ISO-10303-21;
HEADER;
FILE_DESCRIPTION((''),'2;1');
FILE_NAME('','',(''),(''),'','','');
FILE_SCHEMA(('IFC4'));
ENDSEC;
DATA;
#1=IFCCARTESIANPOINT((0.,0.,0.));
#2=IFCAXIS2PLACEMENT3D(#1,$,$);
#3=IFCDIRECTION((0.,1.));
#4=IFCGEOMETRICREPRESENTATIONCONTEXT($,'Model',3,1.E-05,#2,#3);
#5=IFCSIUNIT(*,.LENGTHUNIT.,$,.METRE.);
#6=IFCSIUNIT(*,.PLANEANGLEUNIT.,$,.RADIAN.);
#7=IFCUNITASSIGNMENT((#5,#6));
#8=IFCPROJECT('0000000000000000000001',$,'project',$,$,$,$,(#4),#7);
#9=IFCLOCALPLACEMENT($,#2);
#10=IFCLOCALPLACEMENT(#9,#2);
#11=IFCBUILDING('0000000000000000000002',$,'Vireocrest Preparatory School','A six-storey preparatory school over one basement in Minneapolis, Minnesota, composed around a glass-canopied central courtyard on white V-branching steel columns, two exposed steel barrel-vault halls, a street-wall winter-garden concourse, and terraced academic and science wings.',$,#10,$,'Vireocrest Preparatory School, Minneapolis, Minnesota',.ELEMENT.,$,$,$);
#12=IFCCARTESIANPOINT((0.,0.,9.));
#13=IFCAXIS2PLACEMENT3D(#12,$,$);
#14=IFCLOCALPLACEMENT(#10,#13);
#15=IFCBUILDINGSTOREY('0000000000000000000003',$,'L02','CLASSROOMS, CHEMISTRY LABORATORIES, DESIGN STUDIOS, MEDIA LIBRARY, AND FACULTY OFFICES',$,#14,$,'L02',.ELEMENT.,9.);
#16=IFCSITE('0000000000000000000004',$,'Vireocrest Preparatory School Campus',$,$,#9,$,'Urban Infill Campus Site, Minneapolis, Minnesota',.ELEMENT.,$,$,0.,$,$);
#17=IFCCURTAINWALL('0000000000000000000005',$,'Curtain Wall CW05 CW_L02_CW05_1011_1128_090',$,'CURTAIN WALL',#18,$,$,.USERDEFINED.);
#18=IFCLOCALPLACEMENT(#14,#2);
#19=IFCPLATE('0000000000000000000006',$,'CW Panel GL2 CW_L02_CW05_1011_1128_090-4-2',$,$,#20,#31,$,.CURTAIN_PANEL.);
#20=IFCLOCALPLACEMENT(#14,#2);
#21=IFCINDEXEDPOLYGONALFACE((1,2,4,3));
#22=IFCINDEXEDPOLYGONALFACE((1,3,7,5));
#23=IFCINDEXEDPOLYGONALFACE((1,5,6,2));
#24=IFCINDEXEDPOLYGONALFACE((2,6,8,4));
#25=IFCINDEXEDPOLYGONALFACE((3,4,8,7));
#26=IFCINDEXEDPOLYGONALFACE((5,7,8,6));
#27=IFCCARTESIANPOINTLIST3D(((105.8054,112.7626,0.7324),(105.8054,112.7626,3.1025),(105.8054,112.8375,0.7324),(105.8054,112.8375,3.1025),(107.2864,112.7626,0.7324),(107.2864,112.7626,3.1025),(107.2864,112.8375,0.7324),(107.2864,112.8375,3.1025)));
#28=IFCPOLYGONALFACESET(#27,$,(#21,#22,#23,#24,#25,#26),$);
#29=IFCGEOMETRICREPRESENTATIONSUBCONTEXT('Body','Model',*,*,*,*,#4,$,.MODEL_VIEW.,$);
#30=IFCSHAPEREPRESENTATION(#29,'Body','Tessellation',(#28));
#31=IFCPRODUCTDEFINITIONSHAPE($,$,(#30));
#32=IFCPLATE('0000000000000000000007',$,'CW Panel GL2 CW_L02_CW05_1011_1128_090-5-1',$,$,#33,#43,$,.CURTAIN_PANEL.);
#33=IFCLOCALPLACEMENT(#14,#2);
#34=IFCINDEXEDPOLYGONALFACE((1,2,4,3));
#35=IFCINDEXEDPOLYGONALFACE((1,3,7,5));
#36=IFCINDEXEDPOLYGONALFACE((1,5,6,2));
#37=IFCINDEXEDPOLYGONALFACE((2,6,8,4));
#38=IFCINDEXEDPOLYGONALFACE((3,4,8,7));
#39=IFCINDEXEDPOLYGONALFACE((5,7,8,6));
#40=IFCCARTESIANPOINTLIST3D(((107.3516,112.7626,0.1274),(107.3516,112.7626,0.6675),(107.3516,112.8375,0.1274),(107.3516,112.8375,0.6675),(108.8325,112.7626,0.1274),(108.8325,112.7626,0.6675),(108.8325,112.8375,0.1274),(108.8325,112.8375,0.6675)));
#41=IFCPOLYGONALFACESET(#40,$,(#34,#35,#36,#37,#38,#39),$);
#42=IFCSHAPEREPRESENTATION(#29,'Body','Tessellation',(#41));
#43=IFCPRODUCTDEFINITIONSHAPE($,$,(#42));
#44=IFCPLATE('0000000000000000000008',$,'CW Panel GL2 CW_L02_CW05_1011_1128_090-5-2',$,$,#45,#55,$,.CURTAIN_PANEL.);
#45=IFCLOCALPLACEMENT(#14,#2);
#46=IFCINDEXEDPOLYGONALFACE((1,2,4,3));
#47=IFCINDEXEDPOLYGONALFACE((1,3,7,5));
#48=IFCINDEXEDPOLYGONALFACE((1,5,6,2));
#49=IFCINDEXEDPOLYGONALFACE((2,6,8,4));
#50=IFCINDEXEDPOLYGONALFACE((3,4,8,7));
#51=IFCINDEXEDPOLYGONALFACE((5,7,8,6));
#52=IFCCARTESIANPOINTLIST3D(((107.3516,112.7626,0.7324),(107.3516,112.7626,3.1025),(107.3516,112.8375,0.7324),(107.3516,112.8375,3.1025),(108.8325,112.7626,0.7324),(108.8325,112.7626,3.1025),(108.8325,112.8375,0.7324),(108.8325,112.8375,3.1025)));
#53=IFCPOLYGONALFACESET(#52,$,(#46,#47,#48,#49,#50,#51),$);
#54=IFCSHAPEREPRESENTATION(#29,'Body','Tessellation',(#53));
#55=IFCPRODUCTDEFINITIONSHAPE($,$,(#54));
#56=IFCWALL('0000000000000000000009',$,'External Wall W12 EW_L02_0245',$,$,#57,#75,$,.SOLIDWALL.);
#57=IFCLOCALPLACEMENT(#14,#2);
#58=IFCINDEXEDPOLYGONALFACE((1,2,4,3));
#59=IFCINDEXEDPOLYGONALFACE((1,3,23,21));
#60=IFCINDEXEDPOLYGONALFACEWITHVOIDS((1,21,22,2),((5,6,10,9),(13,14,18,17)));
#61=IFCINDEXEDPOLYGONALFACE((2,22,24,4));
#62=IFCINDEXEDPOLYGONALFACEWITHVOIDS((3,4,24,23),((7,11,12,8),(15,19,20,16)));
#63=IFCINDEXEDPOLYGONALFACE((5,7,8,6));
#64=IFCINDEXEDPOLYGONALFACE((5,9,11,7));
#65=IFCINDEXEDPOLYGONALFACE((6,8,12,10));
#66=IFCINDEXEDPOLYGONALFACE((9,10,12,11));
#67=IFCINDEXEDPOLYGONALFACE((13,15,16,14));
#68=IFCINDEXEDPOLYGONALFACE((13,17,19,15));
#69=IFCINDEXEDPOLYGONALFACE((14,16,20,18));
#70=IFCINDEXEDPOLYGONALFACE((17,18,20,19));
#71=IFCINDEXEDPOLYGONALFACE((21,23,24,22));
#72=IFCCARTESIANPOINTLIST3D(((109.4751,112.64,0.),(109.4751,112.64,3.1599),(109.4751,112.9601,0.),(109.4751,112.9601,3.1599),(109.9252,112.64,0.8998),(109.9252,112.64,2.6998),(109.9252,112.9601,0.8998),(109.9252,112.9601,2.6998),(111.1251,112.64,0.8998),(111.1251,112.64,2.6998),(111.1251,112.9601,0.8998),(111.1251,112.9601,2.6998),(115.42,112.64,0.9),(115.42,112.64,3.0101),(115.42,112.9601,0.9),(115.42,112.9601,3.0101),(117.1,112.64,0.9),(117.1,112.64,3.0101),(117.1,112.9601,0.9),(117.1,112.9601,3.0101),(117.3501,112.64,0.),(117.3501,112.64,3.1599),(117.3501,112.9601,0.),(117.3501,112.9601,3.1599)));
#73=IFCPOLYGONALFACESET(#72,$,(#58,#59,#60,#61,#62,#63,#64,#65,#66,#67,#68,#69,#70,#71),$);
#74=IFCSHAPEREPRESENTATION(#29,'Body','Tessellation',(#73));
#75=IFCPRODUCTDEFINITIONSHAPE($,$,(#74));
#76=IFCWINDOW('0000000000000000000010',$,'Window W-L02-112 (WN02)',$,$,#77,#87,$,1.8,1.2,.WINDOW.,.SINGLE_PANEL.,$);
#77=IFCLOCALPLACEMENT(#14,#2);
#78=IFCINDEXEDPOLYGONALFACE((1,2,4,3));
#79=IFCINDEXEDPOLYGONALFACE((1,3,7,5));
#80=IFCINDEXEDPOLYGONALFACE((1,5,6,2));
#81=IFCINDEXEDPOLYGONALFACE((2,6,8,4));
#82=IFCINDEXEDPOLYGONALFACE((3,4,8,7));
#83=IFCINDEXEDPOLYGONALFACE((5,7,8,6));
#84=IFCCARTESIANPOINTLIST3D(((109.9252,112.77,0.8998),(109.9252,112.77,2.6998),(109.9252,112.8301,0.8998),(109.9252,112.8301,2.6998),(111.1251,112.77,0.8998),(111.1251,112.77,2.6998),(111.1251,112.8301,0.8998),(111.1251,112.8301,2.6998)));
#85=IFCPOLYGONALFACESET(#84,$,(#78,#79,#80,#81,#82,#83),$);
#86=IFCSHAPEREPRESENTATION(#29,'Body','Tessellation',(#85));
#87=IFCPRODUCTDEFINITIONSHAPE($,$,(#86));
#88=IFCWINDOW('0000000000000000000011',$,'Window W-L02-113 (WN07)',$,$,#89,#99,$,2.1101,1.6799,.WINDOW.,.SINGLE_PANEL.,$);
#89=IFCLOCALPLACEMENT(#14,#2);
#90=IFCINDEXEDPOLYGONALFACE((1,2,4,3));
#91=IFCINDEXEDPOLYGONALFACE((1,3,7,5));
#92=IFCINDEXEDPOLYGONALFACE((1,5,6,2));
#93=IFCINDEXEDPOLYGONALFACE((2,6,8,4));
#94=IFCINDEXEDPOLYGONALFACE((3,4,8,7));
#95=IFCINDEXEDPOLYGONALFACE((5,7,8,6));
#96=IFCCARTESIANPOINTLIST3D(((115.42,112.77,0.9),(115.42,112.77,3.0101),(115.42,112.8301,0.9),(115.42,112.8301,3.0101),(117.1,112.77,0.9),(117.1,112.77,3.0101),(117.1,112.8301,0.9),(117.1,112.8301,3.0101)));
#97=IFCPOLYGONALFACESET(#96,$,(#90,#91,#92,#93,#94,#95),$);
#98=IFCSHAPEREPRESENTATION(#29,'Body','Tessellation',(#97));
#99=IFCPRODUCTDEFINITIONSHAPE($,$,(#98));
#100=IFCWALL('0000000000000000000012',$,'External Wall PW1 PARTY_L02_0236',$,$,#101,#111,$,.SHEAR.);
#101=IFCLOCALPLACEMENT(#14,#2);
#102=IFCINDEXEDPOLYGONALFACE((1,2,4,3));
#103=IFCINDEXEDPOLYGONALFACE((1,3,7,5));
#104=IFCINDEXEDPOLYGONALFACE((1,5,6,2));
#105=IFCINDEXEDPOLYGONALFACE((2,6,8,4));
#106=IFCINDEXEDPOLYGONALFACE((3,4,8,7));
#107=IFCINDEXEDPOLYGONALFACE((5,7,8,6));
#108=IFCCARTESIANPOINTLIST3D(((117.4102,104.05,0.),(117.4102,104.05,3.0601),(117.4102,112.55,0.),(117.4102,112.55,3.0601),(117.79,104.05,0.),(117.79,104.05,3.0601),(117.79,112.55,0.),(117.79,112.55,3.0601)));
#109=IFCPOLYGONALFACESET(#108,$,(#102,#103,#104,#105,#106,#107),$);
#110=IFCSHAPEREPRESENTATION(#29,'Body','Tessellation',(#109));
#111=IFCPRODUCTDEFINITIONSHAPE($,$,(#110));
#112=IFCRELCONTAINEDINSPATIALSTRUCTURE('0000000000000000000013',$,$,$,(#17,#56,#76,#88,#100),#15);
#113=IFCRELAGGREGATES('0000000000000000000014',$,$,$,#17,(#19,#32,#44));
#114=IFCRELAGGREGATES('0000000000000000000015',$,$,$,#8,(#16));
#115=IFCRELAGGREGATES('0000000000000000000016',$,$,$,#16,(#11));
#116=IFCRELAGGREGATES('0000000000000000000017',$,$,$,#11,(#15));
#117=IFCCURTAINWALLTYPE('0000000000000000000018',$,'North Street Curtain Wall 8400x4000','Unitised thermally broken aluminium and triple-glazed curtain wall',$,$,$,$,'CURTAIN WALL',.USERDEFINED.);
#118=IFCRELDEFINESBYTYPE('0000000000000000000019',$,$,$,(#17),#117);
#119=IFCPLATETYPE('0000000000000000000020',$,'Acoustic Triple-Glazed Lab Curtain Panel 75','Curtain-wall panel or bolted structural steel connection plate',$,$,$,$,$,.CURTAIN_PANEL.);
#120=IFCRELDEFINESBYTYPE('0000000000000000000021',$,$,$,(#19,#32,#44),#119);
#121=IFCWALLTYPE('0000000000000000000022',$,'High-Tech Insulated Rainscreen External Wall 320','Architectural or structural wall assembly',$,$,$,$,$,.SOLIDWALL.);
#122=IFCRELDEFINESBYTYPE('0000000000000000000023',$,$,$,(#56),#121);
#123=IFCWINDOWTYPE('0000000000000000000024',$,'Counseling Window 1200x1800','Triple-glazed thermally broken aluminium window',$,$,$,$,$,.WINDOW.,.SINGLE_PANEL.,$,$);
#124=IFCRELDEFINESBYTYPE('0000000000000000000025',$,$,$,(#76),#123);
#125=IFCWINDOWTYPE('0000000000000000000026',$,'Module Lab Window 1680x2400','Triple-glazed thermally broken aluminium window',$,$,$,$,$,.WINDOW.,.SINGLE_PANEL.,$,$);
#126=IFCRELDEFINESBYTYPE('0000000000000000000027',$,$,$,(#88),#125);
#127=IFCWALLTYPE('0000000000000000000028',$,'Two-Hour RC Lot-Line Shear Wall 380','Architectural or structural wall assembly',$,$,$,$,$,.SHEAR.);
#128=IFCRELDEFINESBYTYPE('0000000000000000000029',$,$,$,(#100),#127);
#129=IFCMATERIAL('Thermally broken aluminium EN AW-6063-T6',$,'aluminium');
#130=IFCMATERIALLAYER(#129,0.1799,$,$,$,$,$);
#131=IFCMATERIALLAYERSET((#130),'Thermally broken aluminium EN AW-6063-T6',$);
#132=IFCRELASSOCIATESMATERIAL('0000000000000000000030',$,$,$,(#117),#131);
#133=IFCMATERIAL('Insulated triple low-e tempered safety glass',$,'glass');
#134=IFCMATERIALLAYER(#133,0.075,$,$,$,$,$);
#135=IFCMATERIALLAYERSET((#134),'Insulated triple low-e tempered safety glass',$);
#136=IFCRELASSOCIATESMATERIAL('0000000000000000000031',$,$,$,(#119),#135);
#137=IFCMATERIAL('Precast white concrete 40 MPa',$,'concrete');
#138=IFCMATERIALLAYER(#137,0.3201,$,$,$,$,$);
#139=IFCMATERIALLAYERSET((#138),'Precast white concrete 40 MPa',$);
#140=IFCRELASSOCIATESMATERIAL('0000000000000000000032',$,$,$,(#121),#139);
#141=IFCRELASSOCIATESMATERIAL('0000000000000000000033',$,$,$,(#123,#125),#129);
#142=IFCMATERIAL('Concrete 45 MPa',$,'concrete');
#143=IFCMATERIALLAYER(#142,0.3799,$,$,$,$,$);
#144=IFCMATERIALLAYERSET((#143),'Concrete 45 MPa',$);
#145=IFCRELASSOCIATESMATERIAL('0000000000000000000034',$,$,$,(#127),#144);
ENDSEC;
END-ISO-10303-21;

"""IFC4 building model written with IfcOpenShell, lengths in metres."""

from ifc_helpers import new_model, si_unit, direction, frame, frame_2d, origin, origin_2d, place, context, subcontext, project, spatial, rectangle, extrude, material, layer, layer_set, type_object, element, fill, aggregate, save


model = new_model("IFC4")

# Units and contexts
model_context = context("Model", 3, precision=1e-05, world=origin(), true_north=direction((0.0, 1.0)))
body_context = subcontext(model_context, "Body", "Model", "MODEL_VIEW")
ifc_project = project(units=[si_unit("LENGTHUNIT", "METRE"), si_unit("PLANEANGLEUNIT", "RADIAN")], contexts=[model_context])

# Site, building, storey
site_placement = place(None, origin())
site = spatial("IfcSite", under=ifc_project, at=site_placement, Name="Vireocrest Preparatory School Campus", LongName="Urban Infill Campus Site, Minneapolis, Minnesota", CompositionType="ELEMENT", RefElevation=0.0)
building_placement = place(site_placement, origin())
building = spatial("IfcBuilding", under=site, at=building_placement, Name="Vireocrest Preparatory School", Description="A six-storey preparatory school over one basement in Minneapolis, Minnesota, composed around a glass-canopied central courtyard on white V-branching steel columns, two exposed steel barrel-vault halls, a street-wall winter-garden concourse, and terraced academic and science wings.", LongName="Vireocrest Preparatory School, Minneapolis, Minnesota", CompositionType="ELEMENT")
storey_placement = place(building_placement, frame((0.0, 0.0, 9.0)))
storey = spatial("IfcBuildingStorey", under=building, at=storey_placement, Name="L02", Description="CLASSROOMS, CHEMISTRY LABORATORIES, DESIGN STUDIOS, MEDIA LIBRARY, AND FACULTY OFFICES", LongName="L02", CompositionType="ELEMENT", Elevation=9.0)

# Shared definitions
ifc_material_1 = material(Name="Concrete 45 MPa", Category="concrete")

# Curtain wall
ifc_material_2 = material(Name="Thermally broken aluminium EN AW-6063-T6", Category="aluminium")
ifc_layer_1 = layer(ifc_material_2, 0.1799)
ifc_layer_set_1 = layer_set([ifc_layer_1], Name="Thermally broken aluminium EN AW-6063-T6")
curtain_wall_type = type_object("IfcCurtainWallType", Name="North Street Curtain Wall 8400x4000", Description="Unitised thermally broken aluminium and triple-glazed curtain wall", ElementType="CURTAIN WALL", PredefinedType="USERDEFINED", material=ifc_layer_set_1)
curtain_wall_placement = place(storey_placement, origin())
curtain_wall = element("IfcCurtainWall", 1, at=curtain_wall_placement, inside=storey, type_object=curtain_wall_type, Name="Curtain Wall CW05 CW_L02_CW05_1011_1128_090", ObjectType="CURTAIN WALL", PredefinedType="USERDEFINED")

# Plates
ifc_material_3 = material(Name="Insulated triple low-e tempered safety glass", Category="glass")
ifc_layer_2 = layer(ifc_material_3, 0.075)
ifc_layer_set_2 = layer_set([ifc_layer_2], Name="Insulated triple low-e tempered safety glass")
plate_type = type_object("IfcPlateType", Name="Acoustic Triple-Glazed Lab Curtain Panel 75", Description="Curtain-wall panel or bolted structural steel connection plate", PredefinedType="CURTAIN_PANEL", material=ifc_layer_set_2)
plate_1_placement = place(storey_placement, frame((106.5459, 112.8, 0.7324), z_axis=(0.0, 0.0, 1.0), x_axis=(1.0, 0.0, 0.0)))
plate_1 = element("IfcPlate", 2, at=plate_1_placement, type_object=plate_type, Name="CW Panel GL2 CW_L02_CW05_1011_1128_090-4-2", PredefinedType="CURTAIN_PANEL", context=body_context, shape_type="SweptSolid", body=[
    extrude(rectangle(XDim=1.481, YDim=0.075, at=origin_2d()), origin(), (0.0, 0.0, 1.0), 2.3701),
])
plate_2_placement = place(storey_placement, frame((108.092, 112.8, 0.1274), z_axis=(0.0, 0.0, 1.0), x_axis=(1.0, 0.0, 0.0)))
plate_2 = element("IfcPlate", 3, at=plate_2_placement, type_object=plate_type, Name="CW Panel GL2 CW_L02_CW05_1011_1128_090-5-1", PredefinedType="CURTAIN_PANEL", context=body_context, shape_type="SweptSolid", body=[
    extrude(rectangle(XDim=1.481, YDim=0.075, at=origin_2d()), origin(), (0.0, 0.0, 1.0), 0.54),
])
plate_3_placement = place(storey_placement, frame((108.092, 112.8, 0.7324), z_axis=(0.0, 0.0, 1.0), x_axis=(1.0, 0.0, 0.0)))
plate_3 = element("IfcPlate", 4, at=plate_3_placement, type_object=plate_type, Name="CW Panel GL2 CW_L02_CW05_1011_1128_090-5-2", PredefinedType="CURTAIN_PANEL", context=body_context, shape_type="SweptSolid", body=[
    extrude(rectangle(XDim=1.481, YDim=0.075, at=origin_2d()), origin(), (0.0, 0.0, 1.0), 2.3701),
])
aggregate(curtain_wall, [plate_1, plate_2, plate_3])

# Wall, openings, windows
ifc_material_4 = material(Name="Precast white concrete 40 MPa", Category="concrete")
ifc_layer_3 = layer(ifc_material_4, 0.3201)
ifc_layer_set_3 = layer_set([ifc_layer_3], Name="Precast white concrete 40 MPa")
wall_type_1 = type_object("IfcWallType", Name="High-Tech Insulated Rainscreen External Wall 320", Description="Architectural or structural wall assembly", PredefinedType="SOLIDWALL", material=ifc_layer_set_3)
wall_1_placement = place(storey_placement, frame((109.4751, 112.8, 0.0), z_axis=(0.0, 0.0, 1.0), x_axis=(1.0, 0.0, 0.0)))
wall_1 = element("IfcWall", 5, at=wall_1_placement, inside=storey, type_object=wall_type_1, Name="External Wall W12 EW_L02_0245", PredefinedType="SOLIDWALL", context=body_context, shape_type="SweptSolid", body=[
    extrude(rectangle(XDim=7.875, YDim=0.3201, at=frame_2d((3.9375, 0.0))), origin(), (0.0, 0.0, 1.0), 3.1599),
])
opening_1_placement = place(wall_1_placement, frame((0.45, 0.0, 0.8999)))
opening_1 = element("IfcOpeningElement", 6, at=opening_1_placement, cuts=wall_1, PredefinedType="OPENING", context=body_context, shape_type="SweptSolid", body=[
    extrude(rectangle(XDim=1.2, YDim=1.8, at=frame_2d((0.6001, 0.8999))), frame((0.0, 0.1699, 0.0), z_axis=(0.0, -1.0, 0.0), x_axis=(1.0, 0.0, 0.0)), (0.0, 0.0, 1.0), 0.3401),
])
opening_2_placement = place(wall_1_placement, frame((5.9451, 0.0, 0.8999)))
opening_2 = element("IfcOpeningElement", 7, at=opening_2_placement, cuts=wall_1, PredefinedType="OPENING", context=body_context, shape_type="SweptSolid", body=[
    extrude(rectangle(XDim=1.6799, YDim=2.1101, at=frame_2d((0.8398, 1.0552))), frame((0.0, 0.1699, 0.0), z_axis=(0.0, -1.0, 0.0), x_axis=(1.0, 0.0, 0.0)), (0.0, 0.0, 1.0), 0.3401),
])
window_type_1 = type_object("IfcWindowType", Name="Counseling Window 1200x1800", Description="Triple-glazed thermally broken aluminium window", PartitioningType="SINGLE_PANEL", PredefinedType="WINDOW", material=ifc_material_2)
window_1_placement = place(opening_1_placement, origin())
window_1 = element("IfcWindow", 8, at=window_1_placement, inside=storey, type_object=window_type_1, Name="Window W-L02-112 (WN02)", OverallHeight=1.8, OverallWidth=1.2, PartitioningType="SINGLE_PANEL", PredefinedType="WINDOW", context=body_context, shape_type="SweptSolid", body=[
    extrude(rectangle(XDim=1.2, YDim=1.8, at=frame_2d((0.6001, 0.8999))), frame((0.0, 0.03, 0.0), z_axis=(0.0, -1.0, 0.0), x_axis=(1.0, 0.0, 0.0)), (0.0, 0.0, 1.0), 0.0601),
])
fill(opening_1, window_1)
window_type_2 = type_object("IfcWindowType", Name="Module Lab Window 1680x2400", Description="Triple-glazed thermally broken aluminium window", PartitioningType="SINGLE_PANEL", PredefinedType="WINDOW", material=ifc_material_2)
window_2_placement = place(opening_2_placement, origin())
window_2 = element("IfcWindow", 9, at=window_2_placement, inside=storey, type_object=window_type_2, Name="Window W-L02-113 (WN07)", OverallHeight=2.1101, OverallWidth=1.6799, PartitioningType="SINGLE_PANEL", PredefinedType="WINDOW", context=body_context, shape_type="SweptSolid", body=[
    extrude(rectangle(XDim=1.6799, YDim=2.1101, at=frame_2d((0.8398, 1.0552))), frame((0.0, 0.03, 0.0), z_axis=(0.0, -1.0, 0.0), x_axis=(1.0, 0.0, 0.0)), (0.0, 0.0, 1.0), 0.0601),
])
fill(opening_2, window_2)

# Wall
ifc_layer_4 = layer(ifc_material_1, 0.3799)
ifc_layer_set_4 = layer_set([ifc_layer_4], Name="Concrete 45 MPa")
wall_type_2 = type_object("IfcWallType", Name="Two-Hour RC Lot-Line Shear Wall 380", Description="Architectural or structural wall assembly", PredefinedType="SHEAR", material=ifc_layer_set_4)
wall_2_placement = place(storey_placement, frame((117.6001, 104.05, 0.0), z_axis=(0.0, 0.0, 1.0), x_axis=(0.0, 1.0, 0.0)))
element("IfcWall", 10, at=wall_2_placement, inside=storey, type_object=wall_type_2, Name="External Wall PW1 PARTY_L02_0236", PredefinedType="SHEAR", context=body_context, shape_type="SweptSolid", body=[
    extrude(rectangle(XDim=8.5, YDim=0.3799, at=frame_2d((4.25, 0.0))), origin(), (0.0, 0.0, 1.0), 3.0601),
])

save(model, "model.ifc")
